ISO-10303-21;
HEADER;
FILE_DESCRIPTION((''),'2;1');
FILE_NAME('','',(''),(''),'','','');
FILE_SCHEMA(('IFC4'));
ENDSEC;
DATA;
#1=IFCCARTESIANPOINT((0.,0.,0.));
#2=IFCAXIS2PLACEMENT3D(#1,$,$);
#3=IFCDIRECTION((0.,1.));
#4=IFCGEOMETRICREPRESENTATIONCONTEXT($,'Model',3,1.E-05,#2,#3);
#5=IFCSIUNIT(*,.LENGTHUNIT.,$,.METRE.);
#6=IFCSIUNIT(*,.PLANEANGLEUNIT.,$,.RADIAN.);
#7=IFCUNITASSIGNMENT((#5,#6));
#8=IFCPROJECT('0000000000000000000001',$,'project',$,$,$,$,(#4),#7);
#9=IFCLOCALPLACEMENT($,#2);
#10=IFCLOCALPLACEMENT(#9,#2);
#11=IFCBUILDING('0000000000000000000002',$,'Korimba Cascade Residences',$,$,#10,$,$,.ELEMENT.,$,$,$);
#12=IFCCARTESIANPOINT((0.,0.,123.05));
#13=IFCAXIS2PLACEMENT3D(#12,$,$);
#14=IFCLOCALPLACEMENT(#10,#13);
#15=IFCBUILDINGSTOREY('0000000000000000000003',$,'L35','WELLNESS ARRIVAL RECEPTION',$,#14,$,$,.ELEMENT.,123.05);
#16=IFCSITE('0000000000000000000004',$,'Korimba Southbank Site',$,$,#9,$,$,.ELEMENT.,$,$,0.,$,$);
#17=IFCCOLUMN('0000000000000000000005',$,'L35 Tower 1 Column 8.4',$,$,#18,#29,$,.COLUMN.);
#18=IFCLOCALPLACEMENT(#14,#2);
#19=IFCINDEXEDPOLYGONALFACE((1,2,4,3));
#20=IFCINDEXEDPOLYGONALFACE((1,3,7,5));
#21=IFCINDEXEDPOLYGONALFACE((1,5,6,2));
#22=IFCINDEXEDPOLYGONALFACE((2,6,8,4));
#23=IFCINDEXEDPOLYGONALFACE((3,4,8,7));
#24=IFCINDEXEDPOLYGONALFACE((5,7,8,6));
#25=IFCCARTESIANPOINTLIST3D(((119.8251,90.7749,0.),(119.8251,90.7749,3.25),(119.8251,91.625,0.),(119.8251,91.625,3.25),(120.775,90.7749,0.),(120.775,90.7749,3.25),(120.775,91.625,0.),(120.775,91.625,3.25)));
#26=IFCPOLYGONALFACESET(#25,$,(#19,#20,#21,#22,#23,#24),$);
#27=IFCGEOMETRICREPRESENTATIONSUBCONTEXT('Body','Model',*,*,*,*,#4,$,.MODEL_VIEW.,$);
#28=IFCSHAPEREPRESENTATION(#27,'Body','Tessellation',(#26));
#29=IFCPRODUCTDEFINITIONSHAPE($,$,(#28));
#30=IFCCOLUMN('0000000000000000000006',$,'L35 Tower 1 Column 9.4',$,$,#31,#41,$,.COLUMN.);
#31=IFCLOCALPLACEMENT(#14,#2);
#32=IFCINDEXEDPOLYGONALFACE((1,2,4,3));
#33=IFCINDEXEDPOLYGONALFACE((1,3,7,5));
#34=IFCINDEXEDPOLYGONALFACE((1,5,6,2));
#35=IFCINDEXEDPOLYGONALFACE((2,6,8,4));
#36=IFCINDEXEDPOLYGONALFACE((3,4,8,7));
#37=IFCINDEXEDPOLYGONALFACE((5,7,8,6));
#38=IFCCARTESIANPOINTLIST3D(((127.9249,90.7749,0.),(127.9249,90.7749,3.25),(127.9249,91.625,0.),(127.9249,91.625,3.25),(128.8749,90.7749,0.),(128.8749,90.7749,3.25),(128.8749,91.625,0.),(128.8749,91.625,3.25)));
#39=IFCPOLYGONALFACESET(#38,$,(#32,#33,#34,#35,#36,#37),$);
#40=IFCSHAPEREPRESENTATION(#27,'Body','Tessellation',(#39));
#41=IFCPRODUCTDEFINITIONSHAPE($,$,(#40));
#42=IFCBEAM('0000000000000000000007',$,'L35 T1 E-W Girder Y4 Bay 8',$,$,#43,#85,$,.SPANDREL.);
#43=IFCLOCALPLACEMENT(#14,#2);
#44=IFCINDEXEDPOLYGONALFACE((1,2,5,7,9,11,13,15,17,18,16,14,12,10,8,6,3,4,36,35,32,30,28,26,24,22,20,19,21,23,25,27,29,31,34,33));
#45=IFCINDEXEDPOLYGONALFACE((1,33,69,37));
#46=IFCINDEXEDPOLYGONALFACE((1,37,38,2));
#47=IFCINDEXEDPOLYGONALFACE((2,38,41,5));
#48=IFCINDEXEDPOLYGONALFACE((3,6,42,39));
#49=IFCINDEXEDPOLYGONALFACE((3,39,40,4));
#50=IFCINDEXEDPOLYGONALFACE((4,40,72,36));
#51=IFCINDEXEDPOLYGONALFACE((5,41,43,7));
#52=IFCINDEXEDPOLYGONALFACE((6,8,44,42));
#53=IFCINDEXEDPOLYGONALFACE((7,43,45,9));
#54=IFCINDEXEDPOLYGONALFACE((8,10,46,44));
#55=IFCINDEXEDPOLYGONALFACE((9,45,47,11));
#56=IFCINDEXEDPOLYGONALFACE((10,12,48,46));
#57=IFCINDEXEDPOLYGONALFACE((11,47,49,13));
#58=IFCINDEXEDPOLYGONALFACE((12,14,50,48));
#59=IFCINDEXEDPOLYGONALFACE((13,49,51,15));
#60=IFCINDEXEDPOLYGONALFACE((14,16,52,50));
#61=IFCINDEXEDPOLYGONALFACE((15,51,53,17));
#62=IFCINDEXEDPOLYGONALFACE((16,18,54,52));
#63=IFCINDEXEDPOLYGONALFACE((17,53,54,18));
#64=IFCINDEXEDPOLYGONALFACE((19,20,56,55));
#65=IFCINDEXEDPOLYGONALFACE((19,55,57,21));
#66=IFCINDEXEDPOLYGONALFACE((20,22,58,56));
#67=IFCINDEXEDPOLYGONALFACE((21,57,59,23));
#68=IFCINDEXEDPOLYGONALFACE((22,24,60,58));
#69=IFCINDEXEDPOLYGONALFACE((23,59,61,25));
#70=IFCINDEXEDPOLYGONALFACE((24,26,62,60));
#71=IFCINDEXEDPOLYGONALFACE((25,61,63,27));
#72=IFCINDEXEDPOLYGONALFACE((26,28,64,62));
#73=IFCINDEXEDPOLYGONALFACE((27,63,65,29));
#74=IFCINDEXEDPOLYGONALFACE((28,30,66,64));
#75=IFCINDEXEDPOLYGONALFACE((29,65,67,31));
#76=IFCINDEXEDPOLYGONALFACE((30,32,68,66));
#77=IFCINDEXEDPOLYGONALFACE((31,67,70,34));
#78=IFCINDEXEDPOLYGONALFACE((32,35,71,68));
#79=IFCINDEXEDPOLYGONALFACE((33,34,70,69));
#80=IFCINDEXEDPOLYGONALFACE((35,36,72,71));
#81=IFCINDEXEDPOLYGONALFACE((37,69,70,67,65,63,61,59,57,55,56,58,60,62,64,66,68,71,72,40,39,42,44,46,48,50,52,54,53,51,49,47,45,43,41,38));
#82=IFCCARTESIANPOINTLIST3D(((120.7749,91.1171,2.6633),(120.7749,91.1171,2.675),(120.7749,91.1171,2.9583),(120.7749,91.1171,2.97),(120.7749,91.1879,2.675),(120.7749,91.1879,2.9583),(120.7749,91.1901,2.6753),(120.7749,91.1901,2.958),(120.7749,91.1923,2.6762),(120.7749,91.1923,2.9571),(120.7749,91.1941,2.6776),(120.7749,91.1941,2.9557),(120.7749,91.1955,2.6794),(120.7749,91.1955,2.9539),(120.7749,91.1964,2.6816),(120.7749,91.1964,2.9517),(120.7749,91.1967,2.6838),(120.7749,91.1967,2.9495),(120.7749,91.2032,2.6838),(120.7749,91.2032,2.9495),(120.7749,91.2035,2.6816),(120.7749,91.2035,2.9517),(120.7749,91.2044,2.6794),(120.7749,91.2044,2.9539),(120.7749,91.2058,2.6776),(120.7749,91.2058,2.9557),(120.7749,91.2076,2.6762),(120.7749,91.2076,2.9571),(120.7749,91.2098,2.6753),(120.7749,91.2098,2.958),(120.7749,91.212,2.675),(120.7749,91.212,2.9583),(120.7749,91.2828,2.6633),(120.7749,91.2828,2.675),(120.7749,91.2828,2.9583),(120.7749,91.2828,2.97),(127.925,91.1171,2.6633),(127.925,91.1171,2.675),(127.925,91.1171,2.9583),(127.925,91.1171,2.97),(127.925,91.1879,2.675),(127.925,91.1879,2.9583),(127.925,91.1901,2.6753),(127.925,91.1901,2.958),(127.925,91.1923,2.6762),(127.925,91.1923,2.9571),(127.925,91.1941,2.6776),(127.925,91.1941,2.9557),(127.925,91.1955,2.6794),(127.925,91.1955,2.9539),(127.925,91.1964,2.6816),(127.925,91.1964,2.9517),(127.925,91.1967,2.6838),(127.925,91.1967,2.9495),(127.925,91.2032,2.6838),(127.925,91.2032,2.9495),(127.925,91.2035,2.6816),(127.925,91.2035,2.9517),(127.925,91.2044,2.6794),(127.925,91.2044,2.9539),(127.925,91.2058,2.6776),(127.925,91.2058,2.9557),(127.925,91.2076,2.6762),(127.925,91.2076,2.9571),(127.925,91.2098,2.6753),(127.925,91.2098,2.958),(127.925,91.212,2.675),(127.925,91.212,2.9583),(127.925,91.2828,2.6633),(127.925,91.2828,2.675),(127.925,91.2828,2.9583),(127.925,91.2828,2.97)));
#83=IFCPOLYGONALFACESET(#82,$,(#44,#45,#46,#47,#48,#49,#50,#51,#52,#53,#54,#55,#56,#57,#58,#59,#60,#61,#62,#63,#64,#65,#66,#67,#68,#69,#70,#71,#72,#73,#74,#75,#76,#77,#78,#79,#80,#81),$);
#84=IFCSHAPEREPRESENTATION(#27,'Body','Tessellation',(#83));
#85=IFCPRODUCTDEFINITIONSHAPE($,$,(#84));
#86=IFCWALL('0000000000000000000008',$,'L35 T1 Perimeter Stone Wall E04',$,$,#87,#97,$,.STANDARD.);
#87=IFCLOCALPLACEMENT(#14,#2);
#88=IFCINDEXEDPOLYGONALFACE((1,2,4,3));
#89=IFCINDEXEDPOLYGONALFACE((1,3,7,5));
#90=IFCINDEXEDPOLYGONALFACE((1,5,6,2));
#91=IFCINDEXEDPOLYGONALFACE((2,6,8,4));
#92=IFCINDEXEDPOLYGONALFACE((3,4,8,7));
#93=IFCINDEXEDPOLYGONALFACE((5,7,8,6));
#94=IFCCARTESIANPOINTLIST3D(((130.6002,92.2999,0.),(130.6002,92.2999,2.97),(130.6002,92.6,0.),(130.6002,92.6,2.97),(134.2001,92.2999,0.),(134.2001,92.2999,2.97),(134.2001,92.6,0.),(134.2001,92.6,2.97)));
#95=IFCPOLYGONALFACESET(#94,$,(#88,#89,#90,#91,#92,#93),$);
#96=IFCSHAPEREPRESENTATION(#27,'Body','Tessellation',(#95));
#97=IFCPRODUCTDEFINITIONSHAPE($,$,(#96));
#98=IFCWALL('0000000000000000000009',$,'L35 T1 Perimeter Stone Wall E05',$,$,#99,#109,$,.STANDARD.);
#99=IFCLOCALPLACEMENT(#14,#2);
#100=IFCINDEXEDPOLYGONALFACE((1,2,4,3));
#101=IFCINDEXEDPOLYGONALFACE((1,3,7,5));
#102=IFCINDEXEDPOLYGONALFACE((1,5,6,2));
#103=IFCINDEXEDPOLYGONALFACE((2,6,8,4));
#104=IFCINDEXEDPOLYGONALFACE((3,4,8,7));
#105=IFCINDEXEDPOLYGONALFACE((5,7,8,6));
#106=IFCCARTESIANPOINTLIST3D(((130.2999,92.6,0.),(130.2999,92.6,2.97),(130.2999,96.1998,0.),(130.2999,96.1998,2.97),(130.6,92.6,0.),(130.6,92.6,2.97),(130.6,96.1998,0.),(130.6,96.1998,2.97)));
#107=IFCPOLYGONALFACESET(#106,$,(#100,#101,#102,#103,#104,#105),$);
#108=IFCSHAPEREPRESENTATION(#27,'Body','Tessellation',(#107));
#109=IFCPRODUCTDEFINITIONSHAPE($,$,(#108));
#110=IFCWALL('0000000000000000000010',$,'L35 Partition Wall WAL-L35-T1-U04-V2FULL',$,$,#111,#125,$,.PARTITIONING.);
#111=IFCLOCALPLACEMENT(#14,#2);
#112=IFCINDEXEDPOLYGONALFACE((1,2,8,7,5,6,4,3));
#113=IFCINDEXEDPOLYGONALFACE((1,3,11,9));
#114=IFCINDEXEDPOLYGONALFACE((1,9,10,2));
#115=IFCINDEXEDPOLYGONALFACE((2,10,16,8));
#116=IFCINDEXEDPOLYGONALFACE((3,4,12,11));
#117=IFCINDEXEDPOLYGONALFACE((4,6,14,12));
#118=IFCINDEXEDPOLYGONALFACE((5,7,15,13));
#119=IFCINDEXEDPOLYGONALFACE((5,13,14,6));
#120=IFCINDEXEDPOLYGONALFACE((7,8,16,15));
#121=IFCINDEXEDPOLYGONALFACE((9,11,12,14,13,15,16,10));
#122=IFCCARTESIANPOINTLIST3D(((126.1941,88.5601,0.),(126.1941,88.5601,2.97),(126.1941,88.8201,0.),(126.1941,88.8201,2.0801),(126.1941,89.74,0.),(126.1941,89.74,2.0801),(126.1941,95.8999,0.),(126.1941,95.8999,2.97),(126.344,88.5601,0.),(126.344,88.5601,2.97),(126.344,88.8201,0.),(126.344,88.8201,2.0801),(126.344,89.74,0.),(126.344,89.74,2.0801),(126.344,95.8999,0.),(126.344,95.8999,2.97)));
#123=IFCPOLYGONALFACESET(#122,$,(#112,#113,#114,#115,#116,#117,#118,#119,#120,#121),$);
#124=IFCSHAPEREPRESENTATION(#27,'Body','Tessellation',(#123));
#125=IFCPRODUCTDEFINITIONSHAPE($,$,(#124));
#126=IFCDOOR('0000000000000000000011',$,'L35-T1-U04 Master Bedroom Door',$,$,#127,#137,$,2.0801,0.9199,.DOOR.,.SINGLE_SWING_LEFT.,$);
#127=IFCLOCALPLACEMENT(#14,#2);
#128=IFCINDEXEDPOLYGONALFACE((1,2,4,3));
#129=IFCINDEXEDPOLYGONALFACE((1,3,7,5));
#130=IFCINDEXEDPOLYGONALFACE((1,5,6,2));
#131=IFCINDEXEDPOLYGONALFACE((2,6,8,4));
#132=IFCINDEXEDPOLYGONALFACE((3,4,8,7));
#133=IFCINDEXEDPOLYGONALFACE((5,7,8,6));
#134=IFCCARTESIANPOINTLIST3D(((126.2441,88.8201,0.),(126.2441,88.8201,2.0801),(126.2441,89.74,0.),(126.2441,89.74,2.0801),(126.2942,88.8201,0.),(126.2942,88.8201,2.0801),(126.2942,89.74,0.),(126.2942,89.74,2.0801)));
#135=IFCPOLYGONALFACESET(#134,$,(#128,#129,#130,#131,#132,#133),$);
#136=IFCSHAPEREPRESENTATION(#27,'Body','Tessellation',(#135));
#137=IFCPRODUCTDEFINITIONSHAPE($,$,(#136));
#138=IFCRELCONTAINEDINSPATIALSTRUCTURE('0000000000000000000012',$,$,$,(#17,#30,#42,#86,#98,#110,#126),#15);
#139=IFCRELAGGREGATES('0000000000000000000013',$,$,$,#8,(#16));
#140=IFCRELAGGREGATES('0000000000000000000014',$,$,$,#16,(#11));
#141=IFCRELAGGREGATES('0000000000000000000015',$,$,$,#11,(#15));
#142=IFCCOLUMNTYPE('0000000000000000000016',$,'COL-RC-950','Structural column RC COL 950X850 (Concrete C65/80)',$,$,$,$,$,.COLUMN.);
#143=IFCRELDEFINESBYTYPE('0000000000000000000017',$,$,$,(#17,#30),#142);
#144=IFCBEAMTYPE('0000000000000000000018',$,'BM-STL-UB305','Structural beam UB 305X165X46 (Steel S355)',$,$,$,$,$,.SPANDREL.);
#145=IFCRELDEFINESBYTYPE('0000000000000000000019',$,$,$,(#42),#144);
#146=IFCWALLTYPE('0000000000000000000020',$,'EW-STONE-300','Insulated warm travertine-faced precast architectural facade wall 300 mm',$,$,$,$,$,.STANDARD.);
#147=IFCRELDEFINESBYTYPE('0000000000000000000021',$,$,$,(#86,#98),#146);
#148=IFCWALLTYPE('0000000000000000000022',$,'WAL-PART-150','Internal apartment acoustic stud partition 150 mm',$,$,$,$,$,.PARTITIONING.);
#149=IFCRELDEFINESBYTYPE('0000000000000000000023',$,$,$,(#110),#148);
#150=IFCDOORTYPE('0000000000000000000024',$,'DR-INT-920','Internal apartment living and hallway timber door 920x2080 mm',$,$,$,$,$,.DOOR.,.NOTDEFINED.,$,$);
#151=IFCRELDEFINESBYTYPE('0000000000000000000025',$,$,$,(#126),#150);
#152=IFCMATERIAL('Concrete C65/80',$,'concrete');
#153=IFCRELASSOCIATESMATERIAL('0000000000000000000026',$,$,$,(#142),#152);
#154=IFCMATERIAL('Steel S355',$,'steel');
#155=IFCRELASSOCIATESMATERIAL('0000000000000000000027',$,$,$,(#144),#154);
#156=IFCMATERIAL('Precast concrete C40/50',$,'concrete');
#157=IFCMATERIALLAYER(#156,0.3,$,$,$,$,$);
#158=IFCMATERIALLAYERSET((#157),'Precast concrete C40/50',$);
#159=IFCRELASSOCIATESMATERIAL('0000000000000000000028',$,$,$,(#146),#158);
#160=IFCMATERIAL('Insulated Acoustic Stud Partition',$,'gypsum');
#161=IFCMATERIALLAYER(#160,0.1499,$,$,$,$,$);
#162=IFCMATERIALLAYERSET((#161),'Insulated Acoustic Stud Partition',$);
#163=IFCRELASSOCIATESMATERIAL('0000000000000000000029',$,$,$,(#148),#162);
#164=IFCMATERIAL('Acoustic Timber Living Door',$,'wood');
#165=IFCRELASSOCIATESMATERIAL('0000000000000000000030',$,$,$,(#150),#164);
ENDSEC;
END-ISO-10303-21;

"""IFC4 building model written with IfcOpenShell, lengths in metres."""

from ifc_helpers import new_model, si_unit, direction, frame, frame_2d, origin, origin_2d, place, context, subcontext, project, spatial, rectangle, i_section, extrude, material, layer, layer_set, material_profile, profile_set, type_object, element, fill, save


model = new_model("IFC4")

# Units and contexts
model_context = context("Model", 3, precision=1e-05, world=origin(), true_north=direction((0.0, 1.0)))
body_context = subcontext(model_context, "Body", "Model", "MODEL_VIEW")
ifc_project = project(units=[si_unit("LENGTHUNIT", "METRE"), si_unit("PLANEANGLEUNIT", "RADIAN")], contexts=[model_context])

# Site, building, storey
site_placement = place(None, origin())
site = spatial("IfcSite", under=ifc_project, at=site_placement, Name="Korimba Southbank Site", CompositionType="ELEMENT", RefElevation=0.0)
building_placement = place(site_placement, origin())
building = spatial("IfcBuilding", under=site, at=building_placement, Name="Korimba Cascade Residences", CompositionType="ELEMENT")
storey_placement = place(building_placement, frame((0.0, 0.0, 123.05)))
storey = spatial("IfcBuildingStorey", under=building, at=storey_placement, Name="L35", Description="WELLNESS ARRIVAL RECEPTION", CompositionType="ELEMENT", Elevation=123.05)

# Columns
ifc_material_1 = material(Name="Concrete C65/80", Category="concrete")
ifc_material_profile_1 = material_profile(ifc_material_1, rectangle(XDim=0.95, YDim=0.8501, at=origin_2d()), Name="Concrete C65/80")
ifc_profile_set_1 = profile_set([ifc_material_profile_1], Name="Concrete C65/80")
column_type = type_object("IfcColumnType", Name="COL-RC-950", Description="Structural column RC COL 950X850 (Concrete C65/80)", PredefinedType="COLUMN", material=ifc_profile_set_1)
for number, where, z_axis, x_axis, name in (
    (1, (120.3, 91.2, 0.0), (0.0, 0.0, 1.0), (1.0, 0.0, 0.0), "L35 Tower 1 Column 8.4"),
    (2, (128.3999, 91.2, 0.0), (0.0, 0.0, 1.0), (1.0, 0.0, 0.0), "L35 Tower 1 Column 9.4"),
):
    element("IfcColumn", number, at=place(storey_placement, frame(where, z_axis=z_axis, x_axis=x_axis)), inside=storey, type_object=column_type, Name=name, PredefinedType="COLUMN", context=body_context, shape_type="SweptSolid", body=[
        extrude(rectangle(XDim=0.95, YDim=0.8501, at=origin_2d()), origin(), (0.0, 0.0, 1.0), 3.25),
    ])

# Beam
ifc_material_2 = material(Name="Steel S355", Category="steel")
ifc_material_profile_2 = material_profile(ifc_material_2, i_section(OverallWidth=0.1658, OverallDepth=0.3066, WebThickness=0.0066, FlangeThickness=0.0117, FilletRadius=0.0088, at=origin_2d()), Name="Steel S355")
ifc_profile_set_2 = profile_set([ifc_material_profile_2], Name="Steel S355")
beam_type = type_object("IfcBeamType", Name="BM-STL-UB305", Description="Structural beam UB 305X165X46 (Steel S355)", PredefinedType="SPANDREL", material=ifc_profile_set_2)
beam_placement = place(storey_placement, frame((120.7749, 91.2, 2.8167), z_axis=(1.0, 0.0, 0.0), x_axis=(0.0, 1.0, 0.0)))
element("IfcBeam", 3, at=beam_placement, inside=storey, type_object=beam_type, Name="L35 T1 E-W Girder Y4 Bay 8", PredefinedType="SPANDREL", context=body_context, shape_type="SweptSolid", body=[
    extrude(i_section(OverallWidth=0.1658, OverallDepth=0.3066, WebThickness=0.0066, FlangeThickness=0.0117, FilletRadius=0.0088, at=origin_2d()), origin(), (0.0, 0.0, 1.0), 7.1501),
])

# Shared definitions
ifc_material_3 = material(Name="Precast concrete C40/50", Category="concrete")

# Walls
ifc_layer_1 = layer(ifc_material_3, 0.3)
ifc_layer_set_1 = layer_set([ifc_layer_1], Name="Precast concrete C40/50")
wall_type_1 = type_object("IfcWallType", Name="EW-STONE-300", Description="Insulated warm travertine-faced precast architectural facade wall 300 mm", PredefinedType="STANDARD", material=ifc_layer_set_1)
for number, where, z_axis, x_axis, name in (
    (4, (134.2, 92.45, 0.0), (0.0, 0.0, 1.0), (-1.0, 0.0, 0.0), "L35 T1 Perimeter Stone Wall E04"),
    (5, (130.45, 92.6001, 0.0), (0.0, 0.0, 1.0), (0.0, 1.0, 0.0), "L35 T1 Perimeter Stone Wall E05"),
):
    element("IfcWall", number, at=place(storey_placement, frame(where, z_axis=z_axis, x_axis=x_axis)), inside=storey, type_object=wall_type_1, Name=name, PredefinedType="STANDARD", context=body_context, shape_type="SweptSolid", body=[
        extrude(rectangle(XDim=3.5999, YDim=0.3, at=frame_2d((1.7998, 0.0))), origin(), (0.0, 0.0, 1.0), 2.97),
    ])

# Wall, opening, door
ifc_material_4 = material(Name="Insulated Acoustic Stud Partition", Category="gypsum")
ifc_layer_2 = layer(ifc_material_4, 0.1499)
ifc_layer_set_2 = layer_set([ifc_layer_2], Name="Insulated Acoustic Stud Partition")
wall_type_2 = type_object("IfcWallType", Name="WAL-PART-150", Description="Internal apartment acoustic stud partition 150 mm", PredefinedType="PARTITIONING", material=ifc_layer_set_2)
wall_1_placement = place(storey_placement, frame((126.269, 88.5601, 0.0), z_axis=(0.0, 0.0, 1.0), x_axis=(0.0, 1.0, 0.0)))
wall_1 = element("IfcWall", 6, at=wall_1_placement, inside=storey, type_object=wall_type_2, Name="L35 Partition Wall WAL-L35-T1-U04-V2FULL", PredefinedType="PARTITIONING", context=body_context, shape_type="SweptSolid", body=[
    extrude(rectangle(XDim=7.3398, YDim=0.1499, at=frame_2d((3.6699, 0.0))), origin(), (0.0, 0.0, 1.0), 2.97),
])
opening_1_placement = place(wall_1_placement, frame((0.26, 0.0, 0.0)))
opening_1 = element("IfcOpeningElement", 7, at=opening_1_placement, cuts=wall_1, PredefinedType="OPENING", context=body_context, shape_type="SweptSolid", body=[
    extrude(rectangle(XDim=0.9199, YDim=2.0801, at=frame_2d((0.46, 1.04))), frame((0.0, 0.085, 0.0), z_axis=(0.0, -1.0, 0.0), x_axis=(1.0, 0.0, 0.0)), (0.0, 0.0, 1.0), 0.1699),
])
ifc_material_5 = material(Name="Acoustic Timber Living Door", Category="wood")
door_type_1 = type_object("IfcDoorType", Name="DR-INT-920", Description="Internal apartment living and hallway timber door 920x2080 mm", OperationType="NOTDEFINED", PredefinedType="DOOR", material=ifc_material_5)
door_1_placement = place(opening_1_placement, origin())
door_1 = element("IfcDoor", 8, at=door_1_placement, inside=storey, type_object=door_type_1, Name="L35-T1-U04 Master Bedroom Door", OperationType="SINGLE_SWING_LEFT", OverallHeight=2.0801, OverallWidth=0.9199, PredefinedType="DOOR", context=body_context, shape_type="SweptSolid", body=[
    extrude(rectangle(XDim=0.9199, YDim=2.0801, at=frame_2d((0.46, 1.04))), frame((0.0, 0.0249, 0.0), z_axis=(0.0, -1.0, 0.0), x_axis=(1.0, 0.0, 0.0)), (0.0, 0.0, 1.0), 0.05),
])
fill(opening_1, door_1)

save(model, "model.ifc")
